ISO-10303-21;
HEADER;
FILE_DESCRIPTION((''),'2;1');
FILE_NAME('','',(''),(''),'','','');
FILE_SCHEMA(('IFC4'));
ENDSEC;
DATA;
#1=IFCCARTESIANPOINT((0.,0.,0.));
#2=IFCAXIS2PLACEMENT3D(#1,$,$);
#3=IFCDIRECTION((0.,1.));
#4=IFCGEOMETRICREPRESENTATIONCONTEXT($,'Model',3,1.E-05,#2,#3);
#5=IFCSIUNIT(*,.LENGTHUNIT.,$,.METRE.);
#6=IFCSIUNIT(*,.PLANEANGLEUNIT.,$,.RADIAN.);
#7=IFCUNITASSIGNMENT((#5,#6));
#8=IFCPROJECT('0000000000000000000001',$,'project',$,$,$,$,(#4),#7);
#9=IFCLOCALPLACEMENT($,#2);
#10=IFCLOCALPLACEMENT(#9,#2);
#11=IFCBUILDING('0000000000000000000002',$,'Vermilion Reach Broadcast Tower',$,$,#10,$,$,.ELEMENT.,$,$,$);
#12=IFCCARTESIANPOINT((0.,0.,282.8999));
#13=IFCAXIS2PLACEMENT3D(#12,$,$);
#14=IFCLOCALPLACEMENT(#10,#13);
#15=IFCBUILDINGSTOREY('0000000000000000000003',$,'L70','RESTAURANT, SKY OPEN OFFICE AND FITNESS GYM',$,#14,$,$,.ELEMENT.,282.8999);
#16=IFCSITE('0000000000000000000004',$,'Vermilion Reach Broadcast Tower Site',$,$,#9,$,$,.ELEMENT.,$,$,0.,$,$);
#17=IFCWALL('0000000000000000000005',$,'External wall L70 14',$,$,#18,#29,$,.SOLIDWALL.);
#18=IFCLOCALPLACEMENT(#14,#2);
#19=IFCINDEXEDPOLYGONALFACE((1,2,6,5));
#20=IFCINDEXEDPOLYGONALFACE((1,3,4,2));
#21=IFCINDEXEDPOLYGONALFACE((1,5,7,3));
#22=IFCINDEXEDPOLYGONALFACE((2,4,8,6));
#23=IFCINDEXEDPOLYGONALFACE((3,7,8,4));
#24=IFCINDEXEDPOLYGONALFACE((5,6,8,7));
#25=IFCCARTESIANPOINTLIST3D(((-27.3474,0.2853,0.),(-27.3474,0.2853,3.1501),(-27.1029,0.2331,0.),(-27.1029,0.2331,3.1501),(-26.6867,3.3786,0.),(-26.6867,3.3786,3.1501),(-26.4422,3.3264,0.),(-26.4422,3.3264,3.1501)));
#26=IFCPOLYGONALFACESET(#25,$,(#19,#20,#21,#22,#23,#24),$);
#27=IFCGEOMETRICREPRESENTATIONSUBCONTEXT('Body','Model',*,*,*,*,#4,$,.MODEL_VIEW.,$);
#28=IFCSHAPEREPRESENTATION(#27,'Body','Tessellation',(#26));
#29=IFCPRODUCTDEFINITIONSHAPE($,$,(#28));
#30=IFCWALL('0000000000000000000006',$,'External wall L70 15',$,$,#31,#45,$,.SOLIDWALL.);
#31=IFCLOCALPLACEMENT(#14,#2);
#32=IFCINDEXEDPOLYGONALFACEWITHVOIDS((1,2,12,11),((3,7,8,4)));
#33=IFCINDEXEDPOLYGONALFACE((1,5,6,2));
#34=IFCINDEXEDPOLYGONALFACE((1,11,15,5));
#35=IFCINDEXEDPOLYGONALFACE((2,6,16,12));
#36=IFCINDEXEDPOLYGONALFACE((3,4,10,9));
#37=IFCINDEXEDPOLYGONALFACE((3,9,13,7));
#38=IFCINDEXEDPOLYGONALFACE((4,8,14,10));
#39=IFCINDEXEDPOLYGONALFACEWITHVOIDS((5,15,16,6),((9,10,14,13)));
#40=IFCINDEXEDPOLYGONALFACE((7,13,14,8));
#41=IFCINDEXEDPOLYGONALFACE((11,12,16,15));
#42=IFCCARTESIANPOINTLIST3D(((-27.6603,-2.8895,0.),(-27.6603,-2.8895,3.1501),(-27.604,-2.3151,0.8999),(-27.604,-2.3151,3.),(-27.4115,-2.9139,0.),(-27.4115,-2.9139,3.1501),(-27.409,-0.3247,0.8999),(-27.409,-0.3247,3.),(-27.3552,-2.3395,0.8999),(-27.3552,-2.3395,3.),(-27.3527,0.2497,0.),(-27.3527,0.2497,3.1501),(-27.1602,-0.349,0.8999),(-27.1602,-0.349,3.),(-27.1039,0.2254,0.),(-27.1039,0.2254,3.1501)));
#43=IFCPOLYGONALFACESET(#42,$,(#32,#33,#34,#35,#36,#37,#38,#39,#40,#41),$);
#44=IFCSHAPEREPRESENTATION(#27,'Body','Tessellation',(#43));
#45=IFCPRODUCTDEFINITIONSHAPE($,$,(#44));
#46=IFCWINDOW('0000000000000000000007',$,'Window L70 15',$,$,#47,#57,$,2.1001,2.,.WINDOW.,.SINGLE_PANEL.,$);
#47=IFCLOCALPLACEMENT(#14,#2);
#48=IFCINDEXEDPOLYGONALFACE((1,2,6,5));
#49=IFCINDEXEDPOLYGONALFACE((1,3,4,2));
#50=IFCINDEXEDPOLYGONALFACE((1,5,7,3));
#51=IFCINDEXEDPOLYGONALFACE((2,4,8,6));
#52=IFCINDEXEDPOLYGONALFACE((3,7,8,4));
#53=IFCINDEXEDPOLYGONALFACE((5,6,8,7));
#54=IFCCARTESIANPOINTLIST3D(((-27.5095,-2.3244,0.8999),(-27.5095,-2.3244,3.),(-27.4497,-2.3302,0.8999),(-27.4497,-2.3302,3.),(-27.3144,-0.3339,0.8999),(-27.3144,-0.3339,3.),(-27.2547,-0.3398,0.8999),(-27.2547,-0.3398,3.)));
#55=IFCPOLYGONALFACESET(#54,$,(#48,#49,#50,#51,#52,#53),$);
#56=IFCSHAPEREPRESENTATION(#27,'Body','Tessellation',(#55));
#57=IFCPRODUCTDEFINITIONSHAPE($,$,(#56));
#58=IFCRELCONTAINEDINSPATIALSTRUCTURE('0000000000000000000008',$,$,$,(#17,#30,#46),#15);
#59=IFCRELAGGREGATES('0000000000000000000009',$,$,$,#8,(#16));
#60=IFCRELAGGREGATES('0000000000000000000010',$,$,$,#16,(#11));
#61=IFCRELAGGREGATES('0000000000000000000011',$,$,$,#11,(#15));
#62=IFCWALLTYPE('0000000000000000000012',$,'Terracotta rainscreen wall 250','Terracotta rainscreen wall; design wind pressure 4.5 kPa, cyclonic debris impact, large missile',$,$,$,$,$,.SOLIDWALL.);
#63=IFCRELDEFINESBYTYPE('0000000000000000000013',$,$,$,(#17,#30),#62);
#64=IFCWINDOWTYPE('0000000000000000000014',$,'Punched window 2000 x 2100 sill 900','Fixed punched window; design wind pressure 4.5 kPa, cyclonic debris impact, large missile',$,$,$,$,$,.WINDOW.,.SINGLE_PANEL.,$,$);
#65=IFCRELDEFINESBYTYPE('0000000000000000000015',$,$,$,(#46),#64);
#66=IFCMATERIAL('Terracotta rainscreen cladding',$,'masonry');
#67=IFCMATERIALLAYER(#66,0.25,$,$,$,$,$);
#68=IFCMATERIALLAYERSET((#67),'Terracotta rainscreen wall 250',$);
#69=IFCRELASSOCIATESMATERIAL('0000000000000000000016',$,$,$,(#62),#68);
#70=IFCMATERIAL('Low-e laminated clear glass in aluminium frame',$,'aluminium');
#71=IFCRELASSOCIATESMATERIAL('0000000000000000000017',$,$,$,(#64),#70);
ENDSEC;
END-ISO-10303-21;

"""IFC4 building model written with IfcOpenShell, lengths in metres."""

from ifc_helpers import new_model, si_unit, direction, frame, frame_2d, origin, place, context, subcontext, project, spatial, rectangle, extrude, material, layer, layer_set, type_object, element, fill, save


model = new_model("IFC4")

# Units and contexts
model_context = context("Model", 3, precision=1e-05, world=origin(), true_north=direction((0.0, 1.0)))
body_context = subcontext(model_context, "Body", "Model", "MODEL_VIEW")
ifc_project = project(units=[si_unit("LENGTHUNIT", "METRE"), si_unit("PLANEANGLEUNIT", "RADIAN")], contexts=[model_context])

# Site, building, storey
site_placement = place(None, origin())
site = spatial("IfcSite", under=ifc_project, at=site_placement, Name="Vermilion Reach Broadcast Tower Site", CompositionType="ELEMENT", RefElevation=0.0)
building_placement = place(site_placement, origin())
building = spatial("IfcBuilding", under=site, at=building_placement, Name="Vermilion Reach Broadcast Tower", CompositionType="ELEMENT")
storey_placement = place(building_placement, frame((0.0, 0.0, 282.8999)))
storey = spatial("IfcBuildingStorey", under=building, at=storey_placement, Name="L70", Description="RESTAURANT, SKY OPEN OFFICE AND FITNESS GYM", CompositionType="ELEMENT", Elevation=282.8999)

# Wall
ifc_material_1 = material(Name="Terracotta rainscreen cladding", Category="masonry")
ifc_layer_1 = layer(ifc_material_1, 0.25)
ifc_layer_set_1 = layer_set([ifc_layer_1], Name="Terracotta rainscreen wall 250")
wall_type_1 = type_object("IfcWallType", Name="Terracotta rainscreen wall 250", Description="Terracotta rainscreen wall; design wind pressure 4.5 kPa, cyclonic debris impact, large missile", PredefinedType="SOLIDWALL", material=ifc_layer_set_1)
wall_1_placement = place(storey_placement, frame((-26.5645, 3.3525, 0.0), z_axis=(0.0, 0.0, 1.0), x_axis=(-0.208865, -0.977945, 0.0)))
element("IfcWall", 1, at=wall_1_placement, inside=storey, type_object=wall_type_1, Name="External wall L70 14", PredefinedType="SOLIDWALL", context=body_context, shape_type="SweptSolid", body=[
    extrude(rectangle(XDim=3.1631, YDim=0.25, at=frame_2d((1.5815, 0.0))), origin(), (0.0, 0.0, 1.0), 3.1501),
])

# Wall, opening, window
wall_2_placement = place(storey_placement, frame((-27.2283, 0.2375, 0.0), z_axis=(0.0, 0.0, 1.0), x_axis=(-0.097526, -0.995233, 0.0)))
wall_2 = element("IfcWall", 2, at=wall_2_placement, inside=storey, type_object=wall_type_1, Name="External wall L70 15", PredefinedType="SOLIDWALL", context=body_context, shape_type="SweptSolid", body=[
    extrude(rectangle(XDim=3.1543, YDim=0.25, at=frame_2d((1.5771, 0.0))), origin(), (0.0, 0.0, 1.0), 3.1501),
])
opening_1_placement = place(wall_2_placement, frame((0.5771, 0.0, 0.8999)))
opening_1 = element("IfcOpeningElement", 3, at=opening_1_placement, cuts=wall_2, PredefinedType="OPENING", context=body_context, shape_type="SweptSolid", body=[
    extrude(rectangle(XDim=2.0, YDim=2.1001, at=frame_2d((1.0, 1.05))), frame((0.0, 0.135, 0.0), z_axis=(0.0, -1.0, 0.0), x_axis=(1.0, 0.0, 0.0)), (0.0, 0.0, 1.0), 0.27),
])
ifc_material_2 = material(Name="Low-e laminated clear glass in aluminium frame", Category="aluminium")
window_type = type_object("IfcWindowType", Name="Punched window 2000 x 2100 sill 900", Description="Fixed punched window; design wind pressure 4.5 kPa, cyclonic debris impact, large missile", PartitioningType="SINGLE_PANEL", PredefinedType="WINDOW", material=ifc_material_2)
window_placement = place(opening_1_placement, origin())
window = element("IfcWindow", 4, at=window_placement, inside=storey, type_object=window_type, Name="Window L70 15", OverallHeight=2.1001, OverallWidth=2.0, PartitioningType="SINGLE_PANEL", PredefinedType="WINDOW", context=body_context, shape_type="SweptSolid", body=[
    extrude(rectangle(XDim=2.0, YDim=2.1001, at=frame_2d((1.0, 1.05))), frame((0.0, 0.03, 0.0), z_axis=(0.0, -1.0, 0.0), x_axis=(1.0, 0.0, 0.0)), (0.0, 0.0, 1.0), 0.0601),
])
fill(opening_1, window)

save(model, "model.ifc")
